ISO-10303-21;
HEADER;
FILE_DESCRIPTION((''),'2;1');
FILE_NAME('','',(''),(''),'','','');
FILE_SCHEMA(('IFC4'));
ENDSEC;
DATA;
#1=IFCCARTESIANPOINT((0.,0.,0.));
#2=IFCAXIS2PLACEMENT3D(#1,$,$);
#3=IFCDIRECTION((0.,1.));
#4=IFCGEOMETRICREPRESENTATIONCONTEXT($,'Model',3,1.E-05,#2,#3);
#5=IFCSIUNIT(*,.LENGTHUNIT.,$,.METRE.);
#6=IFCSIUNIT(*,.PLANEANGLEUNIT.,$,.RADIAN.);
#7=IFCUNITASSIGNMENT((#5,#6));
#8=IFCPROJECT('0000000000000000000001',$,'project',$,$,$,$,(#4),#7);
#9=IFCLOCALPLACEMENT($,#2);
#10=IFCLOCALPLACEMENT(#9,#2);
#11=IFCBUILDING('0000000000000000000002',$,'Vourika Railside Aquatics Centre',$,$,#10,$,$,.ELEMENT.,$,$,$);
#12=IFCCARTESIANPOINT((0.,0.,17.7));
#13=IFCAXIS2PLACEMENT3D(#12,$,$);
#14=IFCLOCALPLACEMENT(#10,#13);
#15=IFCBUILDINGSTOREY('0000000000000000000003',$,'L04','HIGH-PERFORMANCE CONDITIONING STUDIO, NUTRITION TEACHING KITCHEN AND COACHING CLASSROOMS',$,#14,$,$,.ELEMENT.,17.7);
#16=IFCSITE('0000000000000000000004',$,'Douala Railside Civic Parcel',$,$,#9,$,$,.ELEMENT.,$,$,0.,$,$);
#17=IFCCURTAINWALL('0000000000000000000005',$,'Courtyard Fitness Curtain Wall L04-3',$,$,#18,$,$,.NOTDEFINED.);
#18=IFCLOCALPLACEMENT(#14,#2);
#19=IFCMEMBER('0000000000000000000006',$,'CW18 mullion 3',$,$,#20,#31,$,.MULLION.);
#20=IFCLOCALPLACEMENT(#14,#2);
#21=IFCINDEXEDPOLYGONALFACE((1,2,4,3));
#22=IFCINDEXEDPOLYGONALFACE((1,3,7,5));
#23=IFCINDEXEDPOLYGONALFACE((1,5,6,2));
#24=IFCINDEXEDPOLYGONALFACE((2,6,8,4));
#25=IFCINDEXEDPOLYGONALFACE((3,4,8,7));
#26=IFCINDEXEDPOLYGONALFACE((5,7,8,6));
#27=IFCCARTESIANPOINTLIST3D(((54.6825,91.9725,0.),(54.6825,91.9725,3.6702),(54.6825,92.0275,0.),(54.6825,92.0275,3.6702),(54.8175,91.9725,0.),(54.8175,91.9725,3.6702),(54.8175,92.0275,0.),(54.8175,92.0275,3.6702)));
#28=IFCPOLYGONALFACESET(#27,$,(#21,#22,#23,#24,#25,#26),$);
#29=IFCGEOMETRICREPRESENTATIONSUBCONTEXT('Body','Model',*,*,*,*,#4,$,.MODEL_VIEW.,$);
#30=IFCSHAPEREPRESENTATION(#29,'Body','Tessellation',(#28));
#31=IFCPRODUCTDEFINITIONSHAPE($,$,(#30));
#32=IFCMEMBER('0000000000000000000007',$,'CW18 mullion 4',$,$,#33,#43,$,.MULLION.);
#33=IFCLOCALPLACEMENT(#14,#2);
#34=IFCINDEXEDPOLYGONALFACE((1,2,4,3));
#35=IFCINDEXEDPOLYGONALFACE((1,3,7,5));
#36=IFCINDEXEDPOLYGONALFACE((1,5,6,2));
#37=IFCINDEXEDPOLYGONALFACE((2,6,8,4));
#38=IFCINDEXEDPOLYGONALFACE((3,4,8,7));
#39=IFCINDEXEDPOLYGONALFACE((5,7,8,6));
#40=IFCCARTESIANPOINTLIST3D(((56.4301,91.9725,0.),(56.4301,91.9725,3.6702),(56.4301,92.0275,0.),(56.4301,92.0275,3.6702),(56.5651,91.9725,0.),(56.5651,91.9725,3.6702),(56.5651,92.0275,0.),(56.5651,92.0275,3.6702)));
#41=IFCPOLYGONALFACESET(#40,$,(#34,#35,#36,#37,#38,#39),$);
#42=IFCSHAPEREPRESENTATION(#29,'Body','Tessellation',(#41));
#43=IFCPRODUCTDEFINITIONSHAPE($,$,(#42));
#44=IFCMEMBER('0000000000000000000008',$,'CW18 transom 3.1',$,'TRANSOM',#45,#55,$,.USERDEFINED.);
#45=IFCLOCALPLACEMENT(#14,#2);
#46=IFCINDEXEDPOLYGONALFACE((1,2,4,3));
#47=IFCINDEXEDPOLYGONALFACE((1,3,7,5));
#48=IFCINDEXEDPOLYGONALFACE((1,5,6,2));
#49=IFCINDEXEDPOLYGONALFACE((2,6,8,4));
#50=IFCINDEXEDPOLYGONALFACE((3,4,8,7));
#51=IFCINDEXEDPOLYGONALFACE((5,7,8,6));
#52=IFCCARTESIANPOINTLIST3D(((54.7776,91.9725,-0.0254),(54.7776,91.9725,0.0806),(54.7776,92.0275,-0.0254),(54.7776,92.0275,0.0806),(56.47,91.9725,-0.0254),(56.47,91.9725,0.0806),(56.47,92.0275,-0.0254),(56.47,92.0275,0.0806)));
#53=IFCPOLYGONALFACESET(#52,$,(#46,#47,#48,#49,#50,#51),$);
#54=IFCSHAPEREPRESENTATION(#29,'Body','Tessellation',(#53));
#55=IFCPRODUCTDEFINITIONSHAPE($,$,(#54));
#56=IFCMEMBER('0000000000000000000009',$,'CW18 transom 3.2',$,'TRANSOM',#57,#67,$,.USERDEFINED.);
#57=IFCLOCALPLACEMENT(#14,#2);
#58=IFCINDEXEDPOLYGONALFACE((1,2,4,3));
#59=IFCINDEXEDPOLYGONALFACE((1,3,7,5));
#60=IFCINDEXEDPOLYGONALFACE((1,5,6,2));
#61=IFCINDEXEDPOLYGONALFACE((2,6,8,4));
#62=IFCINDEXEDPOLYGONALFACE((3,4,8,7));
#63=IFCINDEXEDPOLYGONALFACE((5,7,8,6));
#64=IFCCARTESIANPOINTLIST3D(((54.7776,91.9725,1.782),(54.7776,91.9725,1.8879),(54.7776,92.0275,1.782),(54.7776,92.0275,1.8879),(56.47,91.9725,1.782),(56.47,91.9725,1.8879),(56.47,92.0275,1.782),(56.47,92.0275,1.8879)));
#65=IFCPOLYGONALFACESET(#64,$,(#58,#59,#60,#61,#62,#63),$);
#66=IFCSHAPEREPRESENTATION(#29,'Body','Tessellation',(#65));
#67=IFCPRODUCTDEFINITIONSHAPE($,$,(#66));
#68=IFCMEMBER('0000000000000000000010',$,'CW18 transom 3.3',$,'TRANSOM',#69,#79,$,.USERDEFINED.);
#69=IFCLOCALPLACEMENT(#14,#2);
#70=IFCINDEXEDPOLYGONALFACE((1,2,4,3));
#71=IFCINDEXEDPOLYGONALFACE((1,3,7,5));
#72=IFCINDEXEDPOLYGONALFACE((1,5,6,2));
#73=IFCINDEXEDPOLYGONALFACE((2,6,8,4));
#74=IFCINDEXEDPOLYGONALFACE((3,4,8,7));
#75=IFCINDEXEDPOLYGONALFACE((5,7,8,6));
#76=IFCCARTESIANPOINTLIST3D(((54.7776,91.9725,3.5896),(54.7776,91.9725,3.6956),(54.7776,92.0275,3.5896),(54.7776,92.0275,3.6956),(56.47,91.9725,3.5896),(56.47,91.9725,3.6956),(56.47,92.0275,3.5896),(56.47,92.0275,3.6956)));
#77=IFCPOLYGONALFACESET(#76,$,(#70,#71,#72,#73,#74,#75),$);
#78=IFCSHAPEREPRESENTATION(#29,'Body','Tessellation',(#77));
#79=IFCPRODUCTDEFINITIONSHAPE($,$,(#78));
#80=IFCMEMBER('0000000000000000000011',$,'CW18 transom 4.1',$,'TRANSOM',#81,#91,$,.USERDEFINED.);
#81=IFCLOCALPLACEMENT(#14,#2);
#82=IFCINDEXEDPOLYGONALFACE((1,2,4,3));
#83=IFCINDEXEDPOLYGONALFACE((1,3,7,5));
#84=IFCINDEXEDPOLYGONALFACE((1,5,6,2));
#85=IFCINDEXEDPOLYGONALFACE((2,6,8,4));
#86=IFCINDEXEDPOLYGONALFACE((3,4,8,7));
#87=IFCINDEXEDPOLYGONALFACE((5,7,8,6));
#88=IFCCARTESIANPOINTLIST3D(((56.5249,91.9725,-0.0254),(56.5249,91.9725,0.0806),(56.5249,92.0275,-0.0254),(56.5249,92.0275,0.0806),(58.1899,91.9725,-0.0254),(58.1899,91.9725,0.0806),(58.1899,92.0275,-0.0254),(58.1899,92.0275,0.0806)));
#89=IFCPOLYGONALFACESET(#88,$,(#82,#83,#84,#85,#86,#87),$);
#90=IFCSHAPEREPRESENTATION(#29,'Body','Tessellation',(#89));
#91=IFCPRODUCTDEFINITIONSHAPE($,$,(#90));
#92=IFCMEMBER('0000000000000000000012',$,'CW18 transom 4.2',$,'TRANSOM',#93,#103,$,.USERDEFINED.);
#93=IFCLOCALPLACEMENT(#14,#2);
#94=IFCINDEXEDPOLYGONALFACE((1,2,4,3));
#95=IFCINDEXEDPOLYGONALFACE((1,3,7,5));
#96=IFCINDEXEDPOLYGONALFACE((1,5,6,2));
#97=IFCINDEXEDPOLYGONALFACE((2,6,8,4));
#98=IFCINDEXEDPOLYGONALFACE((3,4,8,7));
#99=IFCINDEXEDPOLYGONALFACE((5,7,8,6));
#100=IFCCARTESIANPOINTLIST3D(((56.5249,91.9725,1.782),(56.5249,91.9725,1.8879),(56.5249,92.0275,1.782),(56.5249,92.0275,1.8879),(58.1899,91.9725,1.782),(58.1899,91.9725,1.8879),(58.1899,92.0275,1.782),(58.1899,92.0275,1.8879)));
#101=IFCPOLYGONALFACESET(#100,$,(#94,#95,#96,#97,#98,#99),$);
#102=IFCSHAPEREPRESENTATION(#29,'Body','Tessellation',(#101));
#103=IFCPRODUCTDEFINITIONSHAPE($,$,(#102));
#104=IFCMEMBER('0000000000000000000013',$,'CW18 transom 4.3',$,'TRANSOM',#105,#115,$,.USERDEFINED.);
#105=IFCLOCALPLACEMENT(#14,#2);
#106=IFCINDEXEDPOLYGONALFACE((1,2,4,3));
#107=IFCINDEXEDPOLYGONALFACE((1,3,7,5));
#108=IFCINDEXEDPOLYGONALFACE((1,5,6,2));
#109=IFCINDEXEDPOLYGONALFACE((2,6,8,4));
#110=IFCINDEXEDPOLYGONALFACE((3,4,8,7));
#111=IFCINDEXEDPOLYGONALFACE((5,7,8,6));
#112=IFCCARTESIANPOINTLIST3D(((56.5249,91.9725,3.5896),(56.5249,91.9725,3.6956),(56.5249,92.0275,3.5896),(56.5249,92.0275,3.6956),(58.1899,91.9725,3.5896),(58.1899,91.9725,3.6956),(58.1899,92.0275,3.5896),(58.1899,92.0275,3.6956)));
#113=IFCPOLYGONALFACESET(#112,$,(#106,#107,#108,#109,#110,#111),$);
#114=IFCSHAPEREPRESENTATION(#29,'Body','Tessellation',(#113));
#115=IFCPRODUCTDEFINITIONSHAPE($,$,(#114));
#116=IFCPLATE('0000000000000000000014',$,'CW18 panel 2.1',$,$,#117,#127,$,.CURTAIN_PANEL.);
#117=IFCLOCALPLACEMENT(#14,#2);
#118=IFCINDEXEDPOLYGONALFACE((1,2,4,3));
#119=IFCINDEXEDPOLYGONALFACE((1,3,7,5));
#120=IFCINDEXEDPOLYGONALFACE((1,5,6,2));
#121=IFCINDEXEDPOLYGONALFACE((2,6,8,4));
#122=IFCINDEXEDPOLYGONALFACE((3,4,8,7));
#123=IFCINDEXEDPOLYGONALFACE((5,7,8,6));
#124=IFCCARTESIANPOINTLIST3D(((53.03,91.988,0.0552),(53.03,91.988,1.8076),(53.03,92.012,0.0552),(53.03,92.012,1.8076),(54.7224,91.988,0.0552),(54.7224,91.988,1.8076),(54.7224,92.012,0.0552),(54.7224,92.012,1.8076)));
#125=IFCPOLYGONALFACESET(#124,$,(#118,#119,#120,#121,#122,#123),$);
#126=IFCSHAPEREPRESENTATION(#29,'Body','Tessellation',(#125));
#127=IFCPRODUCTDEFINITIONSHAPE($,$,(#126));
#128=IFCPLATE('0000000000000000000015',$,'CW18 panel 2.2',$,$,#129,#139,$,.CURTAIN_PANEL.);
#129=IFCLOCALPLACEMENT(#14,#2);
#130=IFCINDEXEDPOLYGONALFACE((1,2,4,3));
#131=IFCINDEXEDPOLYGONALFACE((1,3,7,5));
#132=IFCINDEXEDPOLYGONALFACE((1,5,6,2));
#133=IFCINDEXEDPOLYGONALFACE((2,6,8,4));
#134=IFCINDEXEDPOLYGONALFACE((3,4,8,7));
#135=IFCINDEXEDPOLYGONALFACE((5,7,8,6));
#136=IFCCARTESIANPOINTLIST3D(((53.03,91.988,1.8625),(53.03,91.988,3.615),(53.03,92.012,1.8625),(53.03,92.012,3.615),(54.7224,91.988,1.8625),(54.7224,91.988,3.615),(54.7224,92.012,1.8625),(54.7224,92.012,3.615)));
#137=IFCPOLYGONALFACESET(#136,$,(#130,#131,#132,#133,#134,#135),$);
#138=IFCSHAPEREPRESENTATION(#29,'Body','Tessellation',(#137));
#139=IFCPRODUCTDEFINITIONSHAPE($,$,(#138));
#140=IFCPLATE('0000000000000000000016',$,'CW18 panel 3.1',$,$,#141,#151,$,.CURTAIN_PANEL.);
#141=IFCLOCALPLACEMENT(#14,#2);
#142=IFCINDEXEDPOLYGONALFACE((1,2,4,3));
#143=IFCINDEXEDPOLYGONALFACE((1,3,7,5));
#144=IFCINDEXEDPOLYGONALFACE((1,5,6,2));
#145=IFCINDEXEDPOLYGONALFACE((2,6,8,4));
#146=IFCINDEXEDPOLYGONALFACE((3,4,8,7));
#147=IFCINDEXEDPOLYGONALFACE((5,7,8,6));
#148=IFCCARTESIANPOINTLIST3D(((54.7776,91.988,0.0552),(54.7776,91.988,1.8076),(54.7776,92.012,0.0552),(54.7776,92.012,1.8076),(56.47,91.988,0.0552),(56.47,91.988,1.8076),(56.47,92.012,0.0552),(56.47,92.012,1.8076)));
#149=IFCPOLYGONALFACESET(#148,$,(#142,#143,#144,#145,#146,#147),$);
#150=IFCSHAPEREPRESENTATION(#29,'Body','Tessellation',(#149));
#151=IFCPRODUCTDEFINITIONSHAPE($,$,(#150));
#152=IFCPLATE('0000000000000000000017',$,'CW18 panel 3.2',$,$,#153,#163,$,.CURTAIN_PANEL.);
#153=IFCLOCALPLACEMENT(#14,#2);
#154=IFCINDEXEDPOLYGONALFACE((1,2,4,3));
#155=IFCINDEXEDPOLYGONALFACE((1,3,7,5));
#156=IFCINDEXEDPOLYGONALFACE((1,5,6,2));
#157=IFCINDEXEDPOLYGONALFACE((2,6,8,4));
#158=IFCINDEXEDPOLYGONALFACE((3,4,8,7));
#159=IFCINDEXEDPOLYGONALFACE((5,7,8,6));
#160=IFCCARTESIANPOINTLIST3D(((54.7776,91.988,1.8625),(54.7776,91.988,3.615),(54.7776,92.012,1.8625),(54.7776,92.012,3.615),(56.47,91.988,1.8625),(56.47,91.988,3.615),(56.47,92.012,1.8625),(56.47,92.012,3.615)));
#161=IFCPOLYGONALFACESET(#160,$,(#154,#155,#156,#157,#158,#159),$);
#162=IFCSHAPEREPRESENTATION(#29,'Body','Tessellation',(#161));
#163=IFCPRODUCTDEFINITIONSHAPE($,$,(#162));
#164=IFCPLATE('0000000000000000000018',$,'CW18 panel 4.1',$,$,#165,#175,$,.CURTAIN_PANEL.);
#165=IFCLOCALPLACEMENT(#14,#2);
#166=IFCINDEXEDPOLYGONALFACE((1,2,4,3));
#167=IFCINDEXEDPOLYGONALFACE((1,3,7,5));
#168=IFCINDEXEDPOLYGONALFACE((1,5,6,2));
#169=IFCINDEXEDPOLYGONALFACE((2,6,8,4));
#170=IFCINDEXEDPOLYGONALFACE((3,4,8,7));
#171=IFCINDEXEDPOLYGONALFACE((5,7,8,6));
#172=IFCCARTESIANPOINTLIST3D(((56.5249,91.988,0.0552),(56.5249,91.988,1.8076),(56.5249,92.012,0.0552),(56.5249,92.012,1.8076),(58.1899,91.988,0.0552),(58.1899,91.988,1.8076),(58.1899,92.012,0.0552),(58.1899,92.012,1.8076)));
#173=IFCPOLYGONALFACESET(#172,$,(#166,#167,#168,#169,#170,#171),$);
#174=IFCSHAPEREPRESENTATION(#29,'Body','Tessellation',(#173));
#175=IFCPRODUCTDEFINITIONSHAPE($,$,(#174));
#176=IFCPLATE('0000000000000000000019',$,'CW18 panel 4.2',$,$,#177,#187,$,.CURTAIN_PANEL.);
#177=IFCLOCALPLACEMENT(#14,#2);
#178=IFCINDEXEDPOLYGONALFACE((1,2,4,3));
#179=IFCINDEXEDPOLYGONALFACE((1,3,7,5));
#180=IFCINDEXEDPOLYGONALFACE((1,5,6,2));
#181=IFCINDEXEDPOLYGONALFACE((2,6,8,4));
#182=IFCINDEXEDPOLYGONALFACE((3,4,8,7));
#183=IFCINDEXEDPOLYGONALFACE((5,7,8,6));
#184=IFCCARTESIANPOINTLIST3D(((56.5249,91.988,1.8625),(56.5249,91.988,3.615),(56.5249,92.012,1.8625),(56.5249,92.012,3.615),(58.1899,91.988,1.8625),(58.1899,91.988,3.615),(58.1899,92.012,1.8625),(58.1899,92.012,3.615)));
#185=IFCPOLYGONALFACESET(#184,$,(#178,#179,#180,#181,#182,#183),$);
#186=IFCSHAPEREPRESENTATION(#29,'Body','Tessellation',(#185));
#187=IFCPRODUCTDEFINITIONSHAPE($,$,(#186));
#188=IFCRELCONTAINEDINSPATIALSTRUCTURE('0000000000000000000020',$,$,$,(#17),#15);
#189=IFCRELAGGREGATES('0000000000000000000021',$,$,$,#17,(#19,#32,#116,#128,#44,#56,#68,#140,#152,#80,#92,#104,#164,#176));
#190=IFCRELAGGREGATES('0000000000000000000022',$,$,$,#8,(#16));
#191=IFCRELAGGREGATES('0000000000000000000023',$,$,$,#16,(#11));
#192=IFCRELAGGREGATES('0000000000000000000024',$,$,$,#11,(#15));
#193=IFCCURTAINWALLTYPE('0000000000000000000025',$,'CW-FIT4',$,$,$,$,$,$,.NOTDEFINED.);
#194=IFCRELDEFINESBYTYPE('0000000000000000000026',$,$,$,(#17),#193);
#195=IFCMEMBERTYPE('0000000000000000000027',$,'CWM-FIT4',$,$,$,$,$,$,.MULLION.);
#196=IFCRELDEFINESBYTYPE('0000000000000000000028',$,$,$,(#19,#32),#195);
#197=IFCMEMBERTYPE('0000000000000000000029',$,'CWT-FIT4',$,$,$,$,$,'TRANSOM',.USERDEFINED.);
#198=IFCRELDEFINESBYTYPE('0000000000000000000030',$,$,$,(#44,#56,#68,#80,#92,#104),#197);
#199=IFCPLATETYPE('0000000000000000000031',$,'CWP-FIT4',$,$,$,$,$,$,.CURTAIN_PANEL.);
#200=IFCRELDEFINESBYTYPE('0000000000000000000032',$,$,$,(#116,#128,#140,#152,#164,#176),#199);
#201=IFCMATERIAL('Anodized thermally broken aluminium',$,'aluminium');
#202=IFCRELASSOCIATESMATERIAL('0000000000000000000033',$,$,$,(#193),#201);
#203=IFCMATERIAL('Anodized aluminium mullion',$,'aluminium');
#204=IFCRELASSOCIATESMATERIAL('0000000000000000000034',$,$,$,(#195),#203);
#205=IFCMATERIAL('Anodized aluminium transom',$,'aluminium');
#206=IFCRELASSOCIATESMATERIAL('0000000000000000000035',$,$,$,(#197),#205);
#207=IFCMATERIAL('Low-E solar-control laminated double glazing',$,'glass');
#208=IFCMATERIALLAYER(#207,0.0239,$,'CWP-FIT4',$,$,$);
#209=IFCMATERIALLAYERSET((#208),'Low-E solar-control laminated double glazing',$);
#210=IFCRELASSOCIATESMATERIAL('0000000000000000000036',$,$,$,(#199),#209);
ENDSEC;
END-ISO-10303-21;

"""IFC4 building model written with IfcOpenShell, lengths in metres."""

from ifc_helpers import new_model, si_unit, direction, frame, origin, origin_2d, place, context, subcontext, project, spatial, rectangle, extrude, material, layer, layer_set, material_profile, profile_set, type_object, element, aggregate, save


model = new_model("IFC4")

# Units and contexts
model_context = context("Model", 3, precision=1e-05, world=origin(), true_north=direction((0.0, 1.0)))
body_context = subcontext(model_context, "Body", "Model", "MODEL_VIEW")
ifc_project = project(units=[si_unit("LENGTHUNIT", "METRE"), si_unit("PLANEANGLEUNIT", "RADIAN")], contexts=[model_context])

# Site, building, storey
site_placement = place(None, origin())
site = spatial("IfcSite", under=ifc_project, at=site_placement, Name="Douala Railside Civic Parcel", CompositionType="ELEMENT", RefElevation=0.0)
building_placement = place(site_placement, origin())
building = spatial("IfcBuilding", under=site, at=building_placement, Name="Vourika Railside Aquatics Centre", CompositionType="ELEMENT")
storey_placement = place(building_placement, frame((0.0, 0.0, 17.7)))
storey = spatial("IfcBuildingStorey", under=building, at=storey_placement, Name="L04", Description="HIGH-PERFORMANCE CONDITIONING STUDIO, NUTRITION TEACHING KITCHEN AND COACHING CLASSROOMS", CompositionType="ELEMENT", Elevation=17.7)

# Curtain wall, members, plates
ifc_material_1 = material(Name="Anodized thermally broken aluminium", Category="aluminium")
curtain_wall_type = type_object("IfcCurtainWallType", Name="CW-FIT4", PredefinedType="NOTDEFINED", material=ifc_material_1)
curtain_wall_placement = place(storey_placement, origin())
curtain_wall = element("IfcCurtainWall", 1, at=curtain_wall_placement, inside=storey, type_object=curtain_wall_type, Name="Courtyard Fitness Curtain Wall L04-3", PredefinedType="NOTDEFINED")
ifc_material_2 = material(Name="Anodized aluminium mullion", Category="aluminium")
ifc_material_profile_1 = material_profile(ifc_material_2, rectangle(XDim=0.0549, YDim=0.135, at=origin_2d()), Name="ALU-M 55x135")
ifc_profile_set_1 = profile_set([ifc_material_profile_1], Name="Anodized aluminium mullion")
member_type_1 = type_object("IfcMemberType", Name="CWM-FIT4", PredefinedType="MULLION", material=ifc_profile_set_1)
member_1_placement = place(storey_placement, frame((54.75, 92.0, 0.0), z_axis=(0.0, 0.0, 1.0), x_axis=(0.0, 1.0, 0.0)))
member_1 = element("IfcMember", 2, at=member_1_placement, type_object=member_type_1, Name="CW18 mullion 3", PredefinedType="MULLION", context=body_context, shape_type="SweptSolid", body=[
    extrude(rectangle(XDim=0.0549, YDim=0.135, at=origin_2d()), origin(), (0.0, 0.0, 1.0), 3.6702),
])
member_2_placement = place(storey_placement, frame((56.4976, 92.0, 0.0), z_axis=(0.0, 0.0, 1.0), x_axis=(0.0, 1.0, 0.0)))
member_2 = element("IfcMember", 3, at=member_2_placement, type_object=member_type_1, Name="CW18 mullion 4", PredefinedType="MULLION", context=body_context, shape_type="SweptSolid", body=[
    extrude(rectangle(XDim=0.0549, YDim=0.135, at=origin_2d()), origin(), (0.0, 0.0, 1.0), 3.6702),
])
ifc_material_3 = material(Name="Anodized aluminium transom", Category="aluminium")
ifc_material_profile_2 = material_profile(ifc_material_3, rectangle(XDim=0.0549, YDim=0.106, at=origin_2d()), Name="ALU-T 55x106")
ifc_profile_set_2 = profile_set([ifc_material_profile_2], Name="Anodized aluminium transom")
member_type_2 = type_object("IfcMemberType", Name="CWT-FIT4", ElementType="TRANSOM", PredefinedType="USERDEFINED", material=ifc_profile_set_2)
member_3_placement = place(storey_placement, frame((54.7776, 92.0, 0.0276), z_axis=(1.0, 0.0, 0.0), x_axis=(0.0, 1.0, 0.0)))
member_3 = element("IfcMember", 4, at=member_3_placement, type_object=member_type_2, Name="CW18 transom 3.1", ObjectType="TRANSOM", PredefinedType="USERDEFINED", context=body_context, shape_type="SweptSolid", body=[
    extrude(rectangle(XDim=0.0549, YDim=0.106, at=origin_2d()), origin(), (0.0, 0.0, 1.0), 1.6924),
])
member_4_placement = place(storey_placement, frame((54.7776, 92.0, 1.835), z_axis=(1.0, 0.0, 0.0), x_axis=(0.0, 1.0, 0.0)))
member_4 = element("IfcMember", 5, at=member_4_placement, type_object=member_type_2, Name="CW18 transom 3.2", ObjectType="TRANSOM", PredefinedType="USERDEFINED", context=body_context, shape_type="SweptSolid", body=[
    extrude(rectangle(XDim=0.0549, YDim=0.106, at=origin_2d()), origin(), (0.0, 0.0, 1.0), 1.6924),
])
member_5_placement = place(storey_placement, frame((54.7776, 92.0, 3.6426), z_axis=(1.0, 0.0, 0.0), x_axis=(0.0, 1.0, 0.0)))
member_5 = element("IfcMember", 6, at=member_5_placement, type_object=member_type_2, Name="CW18 transom 3.3", ObjectType="TRANSOM", PredefinedType="USERDEFINED", context=body_context, shape_type="SweptSolid", body=[
    extrude(rectangle(XDim=0.0549, YDim=0.106, at=origin_2d()), origin(), (0.0, 0.0, 1.0), 1.6924),
])
member_6_placement = place(storey_placement, frame((56.5249, 92.0, 0.0276), z_axis=(1.0, 0.0, 0.0), x_axis=(0.0, 1.0, 0.0)))
member_6 = element("IfcMember", 7, at=member_6_placement, type_object=member_type_2, Name="CW18 transom 4.1", ObjectType="TRANSOM", PredefinedType="USERDEFINED", context=body_context, shape_type="SweptSolid", body=[
    extrude(rectangle(XDim=0.0549, YDim=0.106, at=origin_2d()), origin(), (0.0, 0.0, 1.0), 1.665),
])
member_7_placement = place(storey_placement, frame((56.5249, 92.0, 1.835), z_axis=(1.0, 0.0, 0.0), x_axis=(0.0, 1.0, 0.0)))
member_7 = element("IfcMember", 8, at=member_7_placement, type_object=member_type_2, Name="CW18 transom 4.2", ObjectType="TRANSOM", PredefinedType="USERDEFINED", context=body_context, shape_type="SweptSolid", body=[
    extrude(rectangle(XDim=0.0549, YDim=0.106, at=origin_2d()), origin(), (0.0, 0.0, 1.0), 1.665),
])
member_8_placement = place(storey_placement, frame((56.5249, 92.0, 3.6426), z_axis=(1.0, 0.0, 0.0), x_axis=(0.0, 1.0, 0.0)))
member_8 = element("IfcMember", 9, at=member_8_placement, type_object=member_type_2, Name="CW18 transom 4.3", ObjectType="TRANSOM", PredefinedType="USERDEFINED", context=body_context, shape_type="SweptSolid", body=[
    extrude(rectangle(XDim=0.0549, YDim=0.106, at=origin_2d()), origin(), (0.0, 0.0, 1.0), 1.665),
])
ifc_material_4 = material(Name="Low-E solar-control laminated double glazing", Category="glass")
ifc_layer = layer(ifc_material_4, 0.0239, Name="CWP-FIT4")
ifc_layer_set = layer_set([ifc_layer], Name="Low-E solar-control laminated double glazing")
plate_type = type_object("IfcPlateType", Name="CWP-FIT4", PredefinedType="CURTAIN_PANEL", material=ifc_layer_set)
plate_1_placement = place(storey_placement, frame((53.8762, 92.0, 0.0552), z_axis=(0.0, 0.0, 1.0), x_axis=(1.0, 0.0, 0.0)))
plate_1 = element("IfcPlate", 10, at=plate_1_placement, type_object=plate_type, Name="CW18 panel 2.1", PredefinedType="CURTAIN_PANEL", context=body_context, shape_type="SweptSolid", body=[
    extrude(rectangle(XDim=1.6924, YDim=0.0239, at=origin_2d()), origin(), (0.0, 0.0, 1.0), 1.7524),
])
plate_2_placement = place(storey_placement, frame((53.8762, 92.0, 1.8625), z_axis=(0.0, 0.0, 1.0), x_axis=(1.0, 0.0, 0.0)))
plate_2 = element("IfcPlate", 11, at=plate_2_placement, type_object=plate_type, Name="CW18 panel 2.2", PredefinedType="CURTAIN_PANEL", context=body_context, shape_type="SweptSolid", body=[
    extrude(rectangle(XDim=1.6924, YDim=0.0239, at=origin_2d()), origin(), (0.0, 0.0, 1.0), 1.7524),
])
plate_3_placement = place(storey_placement, frame((55.6238, 92.0, 0.0552), z_axis=(0.0, 0.0, 1.0), x_axis=(1.0, 0.0, 0.0)))
plate_3 = element("IfcPlate", 12, at=plate_3_placement, type_object=plate_type, Name="CW18 panel 3.1", PredefinedType="CURTAIN_PANEL", context=body_context, shape_type="SweptSolid", body=[
    extrude(rectangle(XDim=1.6924, YDim=0.0239, at=origin_2d()), origin(), (0.0, 0.0, 1.0), 1.7524),
])
plate_4_placement = place(storey_placement, frame((55.6238, 92.0, 1.8625), z_axis=(0.0, 0.0, 1.0), x_axis=(1.0, 0.0, 0.0)))
plate_4 = element("IfcPlate", 13, at=plate_4_placement, type_object=plate_type, Name="CW18 panel 3.2", PredefinedType="CURTAIN_PANEL", context=body_context, shape_type="SweptSolid", body=[
    extrude(rectangle(XDim=1.6924, YDim=0.0239, at=origin_2d()), origin(), (0.0, 0.0, 1.0), 1.7524),
])
plate_5_placement = place(storey_placement, frame((57.3574, 92.0, 0.0552), z_axis=(0.0, 0.0, 1.0), x_axis=(1.0, 0.0, 0.0)))
plate_5 = element("IfcPlate", 14, at=plate_5_placement, type_object=plate_type, Name="CW18 panel 4.1", PredefinedType="CURTAIN_PANEL", context=body_context, shape_type="SweptSolid", body=[
    extrude(rectangle(XDim=1.665, YDim=0.0239, at=origin_2d()), origin(), (0.0, 0.0, 1.0), 1.7524),
])
plate_6_placement = place(storey_placement, frame((57.3574, 92.0, 1.8625), z_axis=(0.0, 0.0, 1.0), x_axis=(1.0, 0.0, 0.0)))
plate_6 = element("IfcPlate", 15, at=plate_6_placement, type_object=plate_type, Name="CW18 panel 4.2", PredefinedType="CURTAIN_PANEL", context=body_context, shape_type="SweptSolid", body=[
    extrude(rectangle(XDim=1.665, YDim=0.0239, at=origin_2d()), origin(), (0.0, 0.0, 1.0), 1.7524),
])
aggregate(curtain_wall, [member_1, member_2, plate_1, plate_2, member_3, member_4, member_5, plate_3, plate_4, member_6, member_7, member_8, plate_5, plate_6])

save(model, "model.ifc")
